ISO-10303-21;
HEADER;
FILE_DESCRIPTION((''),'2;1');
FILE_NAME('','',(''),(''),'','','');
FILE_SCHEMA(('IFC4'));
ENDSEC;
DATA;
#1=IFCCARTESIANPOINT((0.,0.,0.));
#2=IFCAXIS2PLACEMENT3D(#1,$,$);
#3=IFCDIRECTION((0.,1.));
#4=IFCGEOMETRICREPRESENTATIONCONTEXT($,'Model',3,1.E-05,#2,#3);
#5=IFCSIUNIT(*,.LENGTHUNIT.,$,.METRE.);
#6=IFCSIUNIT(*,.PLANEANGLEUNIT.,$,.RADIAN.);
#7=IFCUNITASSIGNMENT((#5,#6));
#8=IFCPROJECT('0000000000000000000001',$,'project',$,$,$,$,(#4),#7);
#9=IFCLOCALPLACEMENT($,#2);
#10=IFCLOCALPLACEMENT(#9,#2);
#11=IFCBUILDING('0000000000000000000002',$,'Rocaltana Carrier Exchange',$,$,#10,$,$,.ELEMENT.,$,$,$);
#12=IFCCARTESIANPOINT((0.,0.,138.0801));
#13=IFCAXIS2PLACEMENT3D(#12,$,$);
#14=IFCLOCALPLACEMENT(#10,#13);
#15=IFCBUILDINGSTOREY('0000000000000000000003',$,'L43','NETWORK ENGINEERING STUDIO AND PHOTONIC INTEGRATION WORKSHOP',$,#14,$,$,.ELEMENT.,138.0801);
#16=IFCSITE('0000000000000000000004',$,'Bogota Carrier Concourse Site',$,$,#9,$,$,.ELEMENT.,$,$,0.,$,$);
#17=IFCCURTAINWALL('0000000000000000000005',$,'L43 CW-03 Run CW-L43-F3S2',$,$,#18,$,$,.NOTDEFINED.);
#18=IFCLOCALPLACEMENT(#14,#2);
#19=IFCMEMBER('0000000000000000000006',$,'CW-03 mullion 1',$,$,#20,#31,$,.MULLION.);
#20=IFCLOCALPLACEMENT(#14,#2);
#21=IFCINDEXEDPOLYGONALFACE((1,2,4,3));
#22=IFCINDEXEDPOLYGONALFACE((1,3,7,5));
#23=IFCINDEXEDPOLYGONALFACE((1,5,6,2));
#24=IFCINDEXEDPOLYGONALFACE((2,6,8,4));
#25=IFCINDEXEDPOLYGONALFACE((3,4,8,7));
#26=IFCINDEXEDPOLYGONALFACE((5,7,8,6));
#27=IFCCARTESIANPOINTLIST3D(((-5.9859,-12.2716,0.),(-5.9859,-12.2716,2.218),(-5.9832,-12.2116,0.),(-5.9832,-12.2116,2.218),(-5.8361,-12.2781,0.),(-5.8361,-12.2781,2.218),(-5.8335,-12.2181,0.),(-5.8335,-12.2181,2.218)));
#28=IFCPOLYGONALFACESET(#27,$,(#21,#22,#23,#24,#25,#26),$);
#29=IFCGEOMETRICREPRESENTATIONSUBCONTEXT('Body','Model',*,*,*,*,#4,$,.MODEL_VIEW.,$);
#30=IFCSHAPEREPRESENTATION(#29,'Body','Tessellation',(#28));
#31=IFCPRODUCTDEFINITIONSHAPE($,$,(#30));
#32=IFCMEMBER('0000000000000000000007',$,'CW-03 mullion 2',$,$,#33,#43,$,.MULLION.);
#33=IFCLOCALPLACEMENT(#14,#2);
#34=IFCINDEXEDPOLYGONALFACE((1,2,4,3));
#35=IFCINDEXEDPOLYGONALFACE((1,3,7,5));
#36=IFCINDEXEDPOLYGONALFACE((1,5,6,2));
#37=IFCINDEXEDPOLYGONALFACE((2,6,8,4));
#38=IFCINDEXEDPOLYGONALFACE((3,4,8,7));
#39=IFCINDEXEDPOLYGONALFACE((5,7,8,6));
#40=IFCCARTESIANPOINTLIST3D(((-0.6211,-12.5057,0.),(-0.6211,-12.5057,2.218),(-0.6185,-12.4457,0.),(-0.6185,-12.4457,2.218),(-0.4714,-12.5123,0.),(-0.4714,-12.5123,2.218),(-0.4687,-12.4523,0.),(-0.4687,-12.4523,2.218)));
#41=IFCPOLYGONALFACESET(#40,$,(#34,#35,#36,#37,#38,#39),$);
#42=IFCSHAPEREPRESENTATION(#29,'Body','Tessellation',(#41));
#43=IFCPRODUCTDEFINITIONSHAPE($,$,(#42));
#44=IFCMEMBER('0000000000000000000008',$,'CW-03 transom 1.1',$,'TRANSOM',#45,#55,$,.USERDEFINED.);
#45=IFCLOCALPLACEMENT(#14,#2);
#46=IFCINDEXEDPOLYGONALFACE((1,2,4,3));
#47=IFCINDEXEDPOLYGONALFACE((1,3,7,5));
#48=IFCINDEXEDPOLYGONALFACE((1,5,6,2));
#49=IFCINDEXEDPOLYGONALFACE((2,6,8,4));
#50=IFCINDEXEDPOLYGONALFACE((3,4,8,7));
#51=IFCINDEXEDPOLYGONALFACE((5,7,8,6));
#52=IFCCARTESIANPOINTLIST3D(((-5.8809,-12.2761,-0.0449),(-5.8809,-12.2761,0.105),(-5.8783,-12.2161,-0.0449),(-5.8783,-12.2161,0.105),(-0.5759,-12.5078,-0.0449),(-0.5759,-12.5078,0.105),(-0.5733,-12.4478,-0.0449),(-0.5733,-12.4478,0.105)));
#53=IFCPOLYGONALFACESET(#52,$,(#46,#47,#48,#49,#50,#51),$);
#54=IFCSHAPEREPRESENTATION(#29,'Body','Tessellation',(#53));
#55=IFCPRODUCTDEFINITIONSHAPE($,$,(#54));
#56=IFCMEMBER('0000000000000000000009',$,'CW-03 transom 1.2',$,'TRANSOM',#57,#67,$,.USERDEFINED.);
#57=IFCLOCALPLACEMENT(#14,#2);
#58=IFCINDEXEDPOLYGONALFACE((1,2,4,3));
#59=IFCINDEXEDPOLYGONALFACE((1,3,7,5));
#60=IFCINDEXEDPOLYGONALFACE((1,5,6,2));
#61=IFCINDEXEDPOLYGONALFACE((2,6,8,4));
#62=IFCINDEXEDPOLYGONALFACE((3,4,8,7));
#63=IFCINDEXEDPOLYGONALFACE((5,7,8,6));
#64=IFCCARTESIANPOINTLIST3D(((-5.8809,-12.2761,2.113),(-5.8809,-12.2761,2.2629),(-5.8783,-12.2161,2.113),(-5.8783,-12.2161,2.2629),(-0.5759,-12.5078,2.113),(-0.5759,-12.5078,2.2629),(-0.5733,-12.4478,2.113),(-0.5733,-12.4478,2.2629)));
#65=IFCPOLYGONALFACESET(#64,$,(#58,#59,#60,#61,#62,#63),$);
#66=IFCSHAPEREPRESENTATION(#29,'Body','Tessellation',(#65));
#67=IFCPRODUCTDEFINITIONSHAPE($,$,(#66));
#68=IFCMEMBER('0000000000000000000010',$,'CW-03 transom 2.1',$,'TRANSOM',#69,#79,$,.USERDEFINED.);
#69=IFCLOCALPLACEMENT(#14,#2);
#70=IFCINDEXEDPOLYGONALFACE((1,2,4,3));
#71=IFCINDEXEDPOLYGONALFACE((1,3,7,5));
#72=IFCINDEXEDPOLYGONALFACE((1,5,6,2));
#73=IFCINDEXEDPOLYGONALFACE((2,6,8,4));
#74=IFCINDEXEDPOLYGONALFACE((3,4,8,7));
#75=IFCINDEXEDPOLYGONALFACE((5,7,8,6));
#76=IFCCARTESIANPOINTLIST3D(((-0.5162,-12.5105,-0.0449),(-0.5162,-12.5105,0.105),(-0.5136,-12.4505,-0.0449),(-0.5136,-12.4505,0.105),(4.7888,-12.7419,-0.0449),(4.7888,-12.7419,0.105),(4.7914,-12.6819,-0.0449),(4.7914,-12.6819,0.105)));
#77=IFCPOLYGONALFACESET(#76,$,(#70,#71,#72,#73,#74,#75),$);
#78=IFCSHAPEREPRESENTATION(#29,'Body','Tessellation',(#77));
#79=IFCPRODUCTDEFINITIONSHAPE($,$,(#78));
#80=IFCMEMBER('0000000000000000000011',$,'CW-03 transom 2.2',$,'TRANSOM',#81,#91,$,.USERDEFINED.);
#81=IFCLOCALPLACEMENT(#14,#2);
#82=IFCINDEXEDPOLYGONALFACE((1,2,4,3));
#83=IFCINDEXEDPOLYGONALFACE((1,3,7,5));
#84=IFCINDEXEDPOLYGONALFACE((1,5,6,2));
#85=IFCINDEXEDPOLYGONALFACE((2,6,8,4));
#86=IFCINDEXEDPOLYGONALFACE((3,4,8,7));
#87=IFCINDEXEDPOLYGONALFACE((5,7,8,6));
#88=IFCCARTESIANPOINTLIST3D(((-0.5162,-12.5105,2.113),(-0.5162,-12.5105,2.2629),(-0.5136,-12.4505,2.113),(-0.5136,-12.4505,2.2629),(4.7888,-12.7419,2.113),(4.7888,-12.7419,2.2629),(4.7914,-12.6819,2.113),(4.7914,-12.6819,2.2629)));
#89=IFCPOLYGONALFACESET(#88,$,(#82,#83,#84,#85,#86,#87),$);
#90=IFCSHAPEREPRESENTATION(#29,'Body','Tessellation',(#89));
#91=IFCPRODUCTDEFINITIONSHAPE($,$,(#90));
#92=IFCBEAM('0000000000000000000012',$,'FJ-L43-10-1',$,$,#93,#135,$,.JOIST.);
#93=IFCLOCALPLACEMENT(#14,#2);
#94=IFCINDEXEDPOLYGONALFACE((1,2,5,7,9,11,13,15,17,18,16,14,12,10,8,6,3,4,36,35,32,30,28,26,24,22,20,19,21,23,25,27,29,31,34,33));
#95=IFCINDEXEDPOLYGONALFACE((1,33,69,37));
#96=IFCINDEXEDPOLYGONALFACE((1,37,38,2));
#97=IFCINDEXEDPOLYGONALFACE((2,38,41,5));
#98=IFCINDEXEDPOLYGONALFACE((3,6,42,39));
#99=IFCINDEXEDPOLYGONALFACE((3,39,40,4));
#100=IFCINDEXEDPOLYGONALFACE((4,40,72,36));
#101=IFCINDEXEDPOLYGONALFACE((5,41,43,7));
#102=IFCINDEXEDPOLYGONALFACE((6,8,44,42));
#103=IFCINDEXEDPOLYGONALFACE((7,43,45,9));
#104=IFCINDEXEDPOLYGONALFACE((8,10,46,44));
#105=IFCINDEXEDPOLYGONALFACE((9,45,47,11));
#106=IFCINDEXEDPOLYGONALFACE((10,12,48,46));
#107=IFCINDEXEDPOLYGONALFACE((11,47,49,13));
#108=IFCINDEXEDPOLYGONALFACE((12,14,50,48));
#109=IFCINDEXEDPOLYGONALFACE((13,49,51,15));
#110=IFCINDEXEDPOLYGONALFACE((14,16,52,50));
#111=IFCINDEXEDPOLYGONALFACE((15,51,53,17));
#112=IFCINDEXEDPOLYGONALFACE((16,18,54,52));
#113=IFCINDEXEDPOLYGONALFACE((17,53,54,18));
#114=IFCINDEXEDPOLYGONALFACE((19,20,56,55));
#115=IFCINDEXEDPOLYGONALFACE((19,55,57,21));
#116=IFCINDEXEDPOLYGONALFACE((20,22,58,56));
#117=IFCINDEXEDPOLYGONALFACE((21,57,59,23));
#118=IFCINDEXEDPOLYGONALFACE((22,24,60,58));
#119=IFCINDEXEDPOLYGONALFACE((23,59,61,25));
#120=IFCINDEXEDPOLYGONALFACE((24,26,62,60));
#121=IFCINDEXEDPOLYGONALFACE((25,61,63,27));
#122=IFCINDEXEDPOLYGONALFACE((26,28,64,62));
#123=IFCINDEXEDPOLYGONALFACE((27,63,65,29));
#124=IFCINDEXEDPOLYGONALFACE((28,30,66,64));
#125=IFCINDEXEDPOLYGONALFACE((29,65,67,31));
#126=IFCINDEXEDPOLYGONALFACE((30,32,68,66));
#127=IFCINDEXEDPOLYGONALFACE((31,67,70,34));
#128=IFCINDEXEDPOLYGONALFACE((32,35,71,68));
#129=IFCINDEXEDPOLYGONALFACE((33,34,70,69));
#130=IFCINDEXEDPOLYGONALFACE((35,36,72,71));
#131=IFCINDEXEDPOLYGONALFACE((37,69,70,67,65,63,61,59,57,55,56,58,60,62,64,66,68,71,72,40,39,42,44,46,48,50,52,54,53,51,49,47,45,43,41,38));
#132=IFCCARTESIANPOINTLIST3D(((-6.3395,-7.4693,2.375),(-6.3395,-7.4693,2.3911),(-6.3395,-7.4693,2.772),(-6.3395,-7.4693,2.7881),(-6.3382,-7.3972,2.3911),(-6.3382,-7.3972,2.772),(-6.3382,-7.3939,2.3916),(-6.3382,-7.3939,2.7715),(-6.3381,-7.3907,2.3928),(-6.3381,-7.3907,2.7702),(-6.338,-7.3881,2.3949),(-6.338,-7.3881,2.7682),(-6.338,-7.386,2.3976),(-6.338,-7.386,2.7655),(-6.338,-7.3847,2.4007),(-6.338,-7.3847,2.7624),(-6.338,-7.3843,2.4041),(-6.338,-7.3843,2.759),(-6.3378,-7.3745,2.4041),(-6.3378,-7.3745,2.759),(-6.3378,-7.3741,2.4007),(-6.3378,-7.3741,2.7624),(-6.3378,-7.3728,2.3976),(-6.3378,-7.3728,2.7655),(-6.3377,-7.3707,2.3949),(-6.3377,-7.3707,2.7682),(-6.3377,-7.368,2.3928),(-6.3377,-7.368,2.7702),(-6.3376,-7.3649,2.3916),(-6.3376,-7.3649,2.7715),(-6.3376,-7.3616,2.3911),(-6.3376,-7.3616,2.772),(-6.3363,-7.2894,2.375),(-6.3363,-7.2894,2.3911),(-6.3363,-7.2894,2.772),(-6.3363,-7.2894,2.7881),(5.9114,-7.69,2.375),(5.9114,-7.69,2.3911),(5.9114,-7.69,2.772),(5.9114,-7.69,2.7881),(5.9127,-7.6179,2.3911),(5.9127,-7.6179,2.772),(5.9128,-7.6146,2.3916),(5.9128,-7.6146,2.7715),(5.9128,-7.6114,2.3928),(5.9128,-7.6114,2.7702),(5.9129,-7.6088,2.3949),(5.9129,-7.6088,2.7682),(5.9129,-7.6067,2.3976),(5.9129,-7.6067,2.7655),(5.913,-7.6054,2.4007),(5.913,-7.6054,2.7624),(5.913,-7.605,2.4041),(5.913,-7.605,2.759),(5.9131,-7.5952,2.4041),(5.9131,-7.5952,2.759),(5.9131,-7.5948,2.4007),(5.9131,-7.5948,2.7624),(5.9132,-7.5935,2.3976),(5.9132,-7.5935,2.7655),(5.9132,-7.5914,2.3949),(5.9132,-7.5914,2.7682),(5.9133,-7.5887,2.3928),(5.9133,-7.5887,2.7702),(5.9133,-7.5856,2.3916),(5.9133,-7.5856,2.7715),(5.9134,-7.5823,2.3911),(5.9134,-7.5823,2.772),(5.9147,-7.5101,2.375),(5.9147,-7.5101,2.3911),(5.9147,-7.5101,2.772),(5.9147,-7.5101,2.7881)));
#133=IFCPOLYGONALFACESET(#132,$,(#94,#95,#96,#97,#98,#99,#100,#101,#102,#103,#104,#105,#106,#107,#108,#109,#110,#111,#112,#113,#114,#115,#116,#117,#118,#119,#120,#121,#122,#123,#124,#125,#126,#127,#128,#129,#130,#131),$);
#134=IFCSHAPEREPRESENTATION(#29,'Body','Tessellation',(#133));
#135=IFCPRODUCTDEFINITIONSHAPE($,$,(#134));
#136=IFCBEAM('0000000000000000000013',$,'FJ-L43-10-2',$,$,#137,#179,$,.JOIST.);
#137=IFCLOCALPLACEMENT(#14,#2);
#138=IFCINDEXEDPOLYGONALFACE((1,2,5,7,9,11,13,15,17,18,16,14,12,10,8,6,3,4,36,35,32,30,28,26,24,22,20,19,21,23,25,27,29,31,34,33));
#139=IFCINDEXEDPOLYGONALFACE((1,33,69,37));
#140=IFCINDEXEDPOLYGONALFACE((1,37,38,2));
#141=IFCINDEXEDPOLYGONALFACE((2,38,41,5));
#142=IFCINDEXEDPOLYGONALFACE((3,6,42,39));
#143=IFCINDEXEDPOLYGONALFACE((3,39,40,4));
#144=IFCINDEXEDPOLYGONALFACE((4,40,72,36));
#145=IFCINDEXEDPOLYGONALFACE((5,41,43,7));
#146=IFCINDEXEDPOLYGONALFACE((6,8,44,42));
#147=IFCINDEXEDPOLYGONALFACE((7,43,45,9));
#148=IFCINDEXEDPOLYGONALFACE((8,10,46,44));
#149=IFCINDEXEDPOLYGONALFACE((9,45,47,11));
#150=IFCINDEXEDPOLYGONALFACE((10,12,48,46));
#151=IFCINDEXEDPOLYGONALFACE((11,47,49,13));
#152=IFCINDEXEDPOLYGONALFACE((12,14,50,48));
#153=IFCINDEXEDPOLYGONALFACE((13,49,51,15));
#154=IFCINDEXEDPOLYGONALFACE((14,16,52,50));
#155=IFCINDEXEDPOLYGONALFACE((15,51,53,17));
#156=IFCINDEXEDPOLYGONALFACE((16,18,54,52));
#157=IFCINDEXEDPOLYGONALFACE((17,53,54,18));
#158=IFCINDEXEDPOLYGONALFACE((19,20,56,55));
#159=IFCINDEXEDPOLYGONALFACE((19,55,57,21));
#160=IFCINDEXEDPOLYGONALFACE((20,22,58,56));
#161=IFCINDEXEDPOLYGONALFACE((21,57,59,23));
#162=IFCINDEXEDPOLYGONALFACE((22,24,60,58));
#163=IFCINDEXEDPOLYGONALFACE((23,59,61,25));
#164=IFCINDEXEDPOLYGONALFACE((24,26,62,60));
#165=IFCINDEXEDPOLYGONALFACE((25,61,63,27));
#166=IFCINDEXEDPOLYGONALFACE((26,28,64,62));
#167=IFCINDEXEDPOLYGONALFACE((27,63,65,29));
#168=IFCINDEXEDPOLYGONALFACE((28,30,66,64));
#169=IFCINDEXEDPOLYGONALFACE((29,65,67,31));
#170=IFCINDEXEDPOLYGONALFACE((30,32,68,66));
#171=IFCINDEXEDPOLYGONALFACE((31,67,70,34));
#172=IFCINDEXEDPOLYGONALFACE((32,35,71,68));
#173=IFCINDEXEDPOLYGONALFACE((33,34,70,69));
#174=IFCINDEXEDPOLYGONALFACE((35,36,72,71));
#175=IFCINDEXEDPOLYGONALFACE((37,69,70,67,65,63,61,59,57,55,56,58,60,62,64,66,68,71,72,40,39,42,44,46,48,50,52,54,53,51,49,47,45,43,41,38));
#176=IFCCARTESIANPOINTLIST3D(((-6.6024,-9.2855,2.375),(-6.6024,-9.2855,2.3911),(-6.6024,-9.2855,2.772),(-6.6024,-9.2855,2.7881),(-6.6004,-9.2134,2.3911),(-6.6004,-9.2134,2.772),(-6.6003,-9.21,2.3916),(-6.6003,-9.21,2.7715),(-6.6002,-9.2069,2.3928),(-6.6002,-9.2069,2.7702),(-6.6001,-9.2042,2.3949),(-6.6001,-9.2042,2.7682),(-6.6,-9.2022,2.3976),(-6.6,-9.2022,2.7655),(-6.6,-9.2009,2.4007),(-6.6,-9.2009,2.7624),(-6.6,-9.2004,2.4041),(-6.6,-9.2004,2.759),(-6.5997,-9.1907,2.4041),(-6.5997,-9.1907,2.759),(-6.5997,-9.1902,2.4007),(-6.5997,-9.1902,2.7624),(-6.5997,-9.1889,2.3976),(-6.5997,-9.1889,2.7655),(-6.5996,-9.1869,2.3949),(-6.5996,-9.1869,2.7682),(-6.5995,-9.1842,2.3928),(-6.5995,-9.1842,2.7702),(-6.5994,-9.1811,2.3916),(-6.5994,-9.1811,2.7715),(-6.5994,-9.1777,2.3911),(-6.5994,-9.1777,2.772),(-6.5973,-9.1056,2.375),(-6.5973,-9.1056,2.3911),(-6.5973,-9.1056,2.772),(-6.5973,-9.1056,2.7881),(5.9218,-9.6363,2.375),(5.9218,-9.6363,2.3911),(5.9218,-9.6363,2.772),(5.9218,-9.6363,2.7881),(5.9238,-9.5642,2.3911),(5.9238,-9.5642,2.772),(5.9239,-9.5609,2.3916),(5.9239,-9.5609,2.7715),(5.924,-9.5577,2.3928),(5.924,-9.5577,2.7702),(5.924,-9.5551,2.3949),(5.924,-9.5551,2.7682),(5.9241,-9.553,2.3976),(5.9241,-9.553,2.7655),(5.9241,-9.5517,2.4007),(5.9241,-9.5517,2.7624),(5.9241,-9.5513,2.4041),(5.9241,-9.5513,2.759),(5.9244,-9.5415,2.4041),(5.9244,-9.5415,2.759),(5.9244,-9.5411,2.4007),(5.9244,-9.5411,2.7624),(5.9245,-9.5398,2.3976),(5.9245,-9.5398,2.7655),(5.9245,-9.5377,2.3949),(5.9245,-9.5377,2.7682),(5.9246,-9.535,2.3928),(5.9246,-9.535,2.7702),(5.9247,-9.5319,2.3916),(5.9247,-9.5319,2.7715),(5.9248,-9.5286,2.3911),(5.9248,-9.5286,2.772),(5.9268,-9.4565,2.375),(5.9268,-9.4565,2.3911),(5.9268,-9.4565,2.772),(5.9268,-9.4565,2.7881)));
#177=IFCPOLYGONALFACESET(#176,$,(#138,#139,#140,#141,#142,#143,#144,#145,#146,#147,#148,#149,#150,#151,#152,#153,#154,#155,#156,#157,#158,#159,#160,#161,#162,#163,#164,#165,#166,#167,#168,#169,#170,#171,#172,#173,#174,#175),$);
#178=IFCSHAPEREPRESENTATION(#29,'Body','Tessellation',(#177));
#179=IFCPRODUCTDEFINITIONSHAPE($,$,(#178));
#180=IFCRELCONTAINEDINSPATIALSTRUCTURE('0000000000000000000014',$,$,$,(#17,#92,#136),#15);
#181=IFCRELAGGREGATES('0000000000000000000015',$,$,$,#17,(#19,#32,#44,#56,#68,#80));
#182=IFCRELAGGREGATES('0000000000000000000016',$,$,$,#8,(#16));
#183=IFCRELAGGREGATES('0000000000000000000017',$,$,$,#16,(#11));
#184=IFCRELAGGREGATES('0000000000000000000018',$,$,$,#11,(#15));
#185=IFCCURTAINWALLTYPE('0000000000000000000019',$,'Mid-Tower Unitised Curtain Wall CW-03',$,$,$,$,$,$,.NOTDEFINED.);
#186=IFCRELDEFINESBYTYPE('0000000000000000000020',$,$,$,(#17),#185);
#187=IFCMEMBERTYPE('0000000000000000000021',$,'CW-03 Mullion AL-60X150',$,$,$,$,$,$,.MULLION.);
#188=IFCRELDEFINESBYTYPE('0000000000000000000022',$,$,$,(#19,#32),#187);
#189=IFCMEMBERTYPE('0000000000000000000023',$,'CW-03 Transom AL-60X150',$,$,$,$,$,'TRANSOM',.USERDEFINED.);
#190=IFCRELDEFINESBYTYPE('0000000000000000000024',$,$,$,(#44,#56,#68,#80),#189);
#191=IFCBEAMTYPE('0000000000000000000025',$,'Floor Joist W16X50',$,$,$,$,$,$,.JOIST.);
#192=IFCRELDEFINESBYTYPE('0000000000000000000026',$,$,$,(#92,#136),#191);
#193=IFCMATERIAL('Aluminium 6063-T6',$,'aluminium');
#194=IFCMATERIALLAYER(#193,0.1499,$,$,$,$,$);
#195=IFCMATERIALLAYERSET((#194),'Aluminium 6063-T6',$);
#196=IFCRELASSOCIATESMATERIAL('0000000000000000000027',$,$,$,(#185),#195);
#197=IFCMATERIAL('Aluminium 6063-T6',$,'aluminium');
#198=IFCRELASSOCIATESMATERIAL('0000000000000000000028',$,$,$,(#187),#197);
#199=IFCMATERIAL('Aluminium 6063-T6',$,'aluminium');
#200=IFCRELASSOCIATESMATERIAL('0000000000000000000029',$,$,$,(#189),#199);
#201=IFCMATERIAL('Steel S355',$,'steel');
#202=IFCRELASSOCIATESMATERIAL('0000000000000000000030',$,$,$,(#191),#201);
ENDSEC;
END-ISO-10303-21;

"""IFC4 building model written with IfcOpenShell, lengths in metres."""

from ifc_helpers import new_model, si_unit, direction, frame, origin, origin_2d, place, context, subcontext, project, spatial, rectangle, i_section, extrude, material, layer, layer_set, material_profile, profile_set, type_object, element, aggregate, save


model = new_model("IFC4")

# Units and contexts
model_context = context("Model", 3, precision=1e-05, world=origin(), true_north=direction((0.0, 1.0)))
body_context = subcontext(model_context, "Body", "Model", "MODEL_VIEW")
ifc_project = project(units=[si_unit("LENGTHUNIT", "METRE"), si_unit("PLANEANGLEUNIT", "RADIAN")], contexts=[model_context])

# Site, building, storey
site_placement = place(None, origin())
site = spatial("IfcSite", under=ifc_project, at=site_placement, Name="Bogota Carrier Concourse Site", CompositionType="ELEMENT", RefElevation=0.0)
building_placement = place(site_placement, origin())
building = spatial("IfcBuilding", under=site, at=building_placement, Name="Rocaltana Carrier Exchange", CompositionType="ELEMENT")
storey_placement = place(building_placement, frame((0.0, 0.0, 138.0801)))
storey = spatial("IfcBuildingStorey", under=building, at=storey_placement, Name="L43", Description="NETWORK ENGINEERING STUDIO AND PHOTONIC INTEGRATION WORKSHOP", CompositionType="ELEMENT", Elevation=138.0801)

# Curtain wall, members
ifc_material_1 = material(Name="Aluminium 6063-T6", Category="aluminium")
ifc_layer_1 = layer(ifc_material_1, 0.1499)
ifc_layer_set_1 = layer_set([ifc_layer_1], Name="Aluminium 6063-T6")
curtain_wall_type = type_object("IfcCurtainWallType", Name="Mid-Tower Unitised Curtain Wall CW-03", PredefinedType="NOTDEFINED", material=ifc_layer_set_1)
curtain_wall_placement = place(storey_placement, origin())
curtain_wall = element("IfcCurtainWall", 1, at=curtain_wall_placement, inside=storey, type_object=curtain_wall_type, Name="L43 CW-03 Run CW-L43-F3S2", PredefinedType="NOTDEFINED")
ifc_material_2 = material(Name="Aluminium 6063-T6", Category="aluminium")
ifc_material_profile_1 = material_profile(ifc_material_2, rectangle(XDim=0.0601, YDim=0.1499, at=origin_2d()), Name="AL-60X150")
ifc_profile_set_1 = profile_set([ifc_material_profile_1], Name="Aluminium 6063-T6")
member_type_1 = type_object("IfcMemberType", Name="CW-03 Mullion AL-60X150", PredefinedType="MULLION", material=ifc_profile_set_1)
member_1_placement = place(storey_placement, frame((-5.9097, -12.2449, 0.0), z_axis=(0.0, 0.0, 1.0), x_axis=(0.04362, 0.999048, 0.0)))
member_1 = element("IfcMember", 2, at=member_1_placement, type_object=member_type_1, Name="CW-03 mullion 1", PredefinedType="MULLION", context=body_context, shape_type="SweptSolid", body=[
    extrude(rectangle(XDim=0.0601, YDim=0.1499, at=origin_2d()), origin(), (0.0, 0.0, 1.0), 2.218),
])
member_2_placement = place(storey_placement, frame((-0.5449, -12.479, 0.0), z_axis=(0.0, 0.0, 1.0), x_axis=(0.04362, 0.999048, 0.0)))
member_2 = element("IfcMember", 3, at=member_2_placement, type_object=member_type_1, Name="CW-03 mullion 2", PredefinedType="MULLION", context=body_context, shape_type="SweptSolid", body=[
    extrude(rectangle(XDim=0.0601, YDim=0.1499, at=origin_2d()), origin(), (0.0, 0.0, 1.0), 2.218),
])
ifc_material_3 = material(Name="Aluminium 6063-T6", Category="aluminium")
ifc_material_profile_2 = material_profile(ifc_material_3, rectangle(XDim=0.0601, YDim=0.1499, at=origin_2d()), Name="AL-60X150")
ifc_profile_set_2 = profile_set([ifc_material_profile_2], Name="Aluminium 6063-T6")
member_type_2 = type_object("IfcMemberType", Name="CW-03 Transom AL-60X150", ElementType="TRANSOM", PredefinedType="USERDEFINED", material=ifc_profile_set_2)
member_3_placement = place(storey_placement, frame((-5.8796, -12.2461, 0.03), z_axis=(0.999048, -0.043633, 0.0), x_axis=(0.043633, 0.999048, 0.0)))
member_3 = element("IfcMember", 4, at=member_3_placement, type_object=member_type_2, Name="CW-03 transom 1.1", ObjectType="TRANSOM", PredefinedType="USERDEFINED", context=body_context, shape_type="SweptSolid", body=[
    extrude(rectangle(XDim=0.0601, YDim=0.1499, at=origin_2d()), origin(), (0.0, 0.0, 1.0), 5.3101),
])
member_4_placement = place(storey_placement, frame((-5.8796, -12.2461, 2.188), z_axis=(0.999048, -0.043633, 0.0), x_axis=(0.043633, 0.999048, 0.0)))
member_4 = element("IfcMember", 5, at=member_4_placement, type_object=member_type_2, Name="CW-03 transom 1.2", ObjectType="TRANSOM", PredefinedType="USERDEFINED", context=body_context, shape_type="SweptSolid", body=[
    extrude(rectangle(XDim=0.0601, YDim=0.1499, at=origin_2d()), origin(), (0.0, 0.0, 1.0), 5.3101),
])
member_5_placement = place(storey_placement, frame((-0.5149, -12.4805, 0.03), z_axis=(0.99905, -0.043587, 0.0), x_axis=(0.043587, 0.99905, 0.0)))
member_5 = element("IfcMember", 6, at=member_5_placement, type_object=member_type_2, Name="CW-03 transom 2.1", ObjectType="TRANSOM", PredefinedType="USERDEFINED", context=body_context, shape_type="SweptSolid", body=[
    extrude(rectangle(XDim=0.0601, YDim=0.1499, at=origin_2d()), origin(), (0.0, 0.0, 1.0), 5.3101),
])
member_6_placement = place(storey_placement, frame((-0.5149, -12.4805, 2.188), z_axis=(0.99905, -0.043587, 0.0), x_axis=(0.043587, 0.99905, 0.0)))
member_6 = element("IfcMember", 7, at=member_6_placement, type_object=member_type_2, Name="CW-03 transom 2.2", ObjectType="TRANSOM", PredefinedType="USERDEFINED", context=body_context, shape_type="SweptSolid", body=[
    extrude(rectangle(XDim=0.0601, YDim=0.1499, at=origin_2d()), origin(), (0.0, 0.0, 1.0), 5.3101),
])

# Beams
ifc_material_4 = material(Name="Steel S355", Category="steel")
ifc_material_profile_3 = material_profile(ifc_material_4, i_section(OverallWidth=0.1799, OverallDepth=0.4131, WebThickness=0.0098, FlangeThickness=0.0161, FilletRadius=0.0129, at=origin_2d()), Name="W16X50")
ifc_profile_set_3 = profile_set([ifc_material_profile_3], Name="Steel S355")
beam_type_1 = type_object("IfcBeamType", Name="Floor Joist W16X50", PredefinedType="JOIST", material=ifc_profile_set_3)
beam_1_placement = place(storey_placement, frame((-6.3379, -7.3794, 2.5815), z_axis=(0.999838, -0.018012, 0.0), x_axis=(0.018012, 0.999838, 0.0)))
element("IfcBeam", 8, at=beam_1_placement, inside=storey, type_object=beam_type_1, Name="FJ-L43-10-1", PredefinedType="JOIST", context=body_context, shape_type="SweptSolid", body=[
    extrude(i_section(OverallWidth=0.1799, OverallDepth=0.4131, WebThickness=0.0098, FlangeThickness=0.0161, FilletRadius=0.0129, at=origin_2d()), origin(), (0.0, 0.0, 1.0), 12.2529),
])
beam_2_placement = place(storey_placement, frame((-6.5999, -9.1956, 2.5815), z_axis=(0.999608, -0.028001, 0.0), x_axis=(0.028001, 0.999608, 0.0)))
element("IfcBeam", 9, at=beam_2_placement, inside=storey, type_object=beam_type_1, Name="FJ-L43-10-2", PredefinedType="JOIST", context=body_context, shape_type="SweptSolid", body=[
    extrude(i_section(OverallWidth=0.1799, OverallDepth=0.4131, WebThickness=0.0098, FlangeThickness=0.0161, FilletRadius=0.0129, at=origin_2d()), origin(), (0.0, 0.0, 1.0), 12.5291),
])

aggregate(curtain_wall, [member_1, member_2, member_3, member_4, member_5, member_6])

save(model, "model.ifc")
